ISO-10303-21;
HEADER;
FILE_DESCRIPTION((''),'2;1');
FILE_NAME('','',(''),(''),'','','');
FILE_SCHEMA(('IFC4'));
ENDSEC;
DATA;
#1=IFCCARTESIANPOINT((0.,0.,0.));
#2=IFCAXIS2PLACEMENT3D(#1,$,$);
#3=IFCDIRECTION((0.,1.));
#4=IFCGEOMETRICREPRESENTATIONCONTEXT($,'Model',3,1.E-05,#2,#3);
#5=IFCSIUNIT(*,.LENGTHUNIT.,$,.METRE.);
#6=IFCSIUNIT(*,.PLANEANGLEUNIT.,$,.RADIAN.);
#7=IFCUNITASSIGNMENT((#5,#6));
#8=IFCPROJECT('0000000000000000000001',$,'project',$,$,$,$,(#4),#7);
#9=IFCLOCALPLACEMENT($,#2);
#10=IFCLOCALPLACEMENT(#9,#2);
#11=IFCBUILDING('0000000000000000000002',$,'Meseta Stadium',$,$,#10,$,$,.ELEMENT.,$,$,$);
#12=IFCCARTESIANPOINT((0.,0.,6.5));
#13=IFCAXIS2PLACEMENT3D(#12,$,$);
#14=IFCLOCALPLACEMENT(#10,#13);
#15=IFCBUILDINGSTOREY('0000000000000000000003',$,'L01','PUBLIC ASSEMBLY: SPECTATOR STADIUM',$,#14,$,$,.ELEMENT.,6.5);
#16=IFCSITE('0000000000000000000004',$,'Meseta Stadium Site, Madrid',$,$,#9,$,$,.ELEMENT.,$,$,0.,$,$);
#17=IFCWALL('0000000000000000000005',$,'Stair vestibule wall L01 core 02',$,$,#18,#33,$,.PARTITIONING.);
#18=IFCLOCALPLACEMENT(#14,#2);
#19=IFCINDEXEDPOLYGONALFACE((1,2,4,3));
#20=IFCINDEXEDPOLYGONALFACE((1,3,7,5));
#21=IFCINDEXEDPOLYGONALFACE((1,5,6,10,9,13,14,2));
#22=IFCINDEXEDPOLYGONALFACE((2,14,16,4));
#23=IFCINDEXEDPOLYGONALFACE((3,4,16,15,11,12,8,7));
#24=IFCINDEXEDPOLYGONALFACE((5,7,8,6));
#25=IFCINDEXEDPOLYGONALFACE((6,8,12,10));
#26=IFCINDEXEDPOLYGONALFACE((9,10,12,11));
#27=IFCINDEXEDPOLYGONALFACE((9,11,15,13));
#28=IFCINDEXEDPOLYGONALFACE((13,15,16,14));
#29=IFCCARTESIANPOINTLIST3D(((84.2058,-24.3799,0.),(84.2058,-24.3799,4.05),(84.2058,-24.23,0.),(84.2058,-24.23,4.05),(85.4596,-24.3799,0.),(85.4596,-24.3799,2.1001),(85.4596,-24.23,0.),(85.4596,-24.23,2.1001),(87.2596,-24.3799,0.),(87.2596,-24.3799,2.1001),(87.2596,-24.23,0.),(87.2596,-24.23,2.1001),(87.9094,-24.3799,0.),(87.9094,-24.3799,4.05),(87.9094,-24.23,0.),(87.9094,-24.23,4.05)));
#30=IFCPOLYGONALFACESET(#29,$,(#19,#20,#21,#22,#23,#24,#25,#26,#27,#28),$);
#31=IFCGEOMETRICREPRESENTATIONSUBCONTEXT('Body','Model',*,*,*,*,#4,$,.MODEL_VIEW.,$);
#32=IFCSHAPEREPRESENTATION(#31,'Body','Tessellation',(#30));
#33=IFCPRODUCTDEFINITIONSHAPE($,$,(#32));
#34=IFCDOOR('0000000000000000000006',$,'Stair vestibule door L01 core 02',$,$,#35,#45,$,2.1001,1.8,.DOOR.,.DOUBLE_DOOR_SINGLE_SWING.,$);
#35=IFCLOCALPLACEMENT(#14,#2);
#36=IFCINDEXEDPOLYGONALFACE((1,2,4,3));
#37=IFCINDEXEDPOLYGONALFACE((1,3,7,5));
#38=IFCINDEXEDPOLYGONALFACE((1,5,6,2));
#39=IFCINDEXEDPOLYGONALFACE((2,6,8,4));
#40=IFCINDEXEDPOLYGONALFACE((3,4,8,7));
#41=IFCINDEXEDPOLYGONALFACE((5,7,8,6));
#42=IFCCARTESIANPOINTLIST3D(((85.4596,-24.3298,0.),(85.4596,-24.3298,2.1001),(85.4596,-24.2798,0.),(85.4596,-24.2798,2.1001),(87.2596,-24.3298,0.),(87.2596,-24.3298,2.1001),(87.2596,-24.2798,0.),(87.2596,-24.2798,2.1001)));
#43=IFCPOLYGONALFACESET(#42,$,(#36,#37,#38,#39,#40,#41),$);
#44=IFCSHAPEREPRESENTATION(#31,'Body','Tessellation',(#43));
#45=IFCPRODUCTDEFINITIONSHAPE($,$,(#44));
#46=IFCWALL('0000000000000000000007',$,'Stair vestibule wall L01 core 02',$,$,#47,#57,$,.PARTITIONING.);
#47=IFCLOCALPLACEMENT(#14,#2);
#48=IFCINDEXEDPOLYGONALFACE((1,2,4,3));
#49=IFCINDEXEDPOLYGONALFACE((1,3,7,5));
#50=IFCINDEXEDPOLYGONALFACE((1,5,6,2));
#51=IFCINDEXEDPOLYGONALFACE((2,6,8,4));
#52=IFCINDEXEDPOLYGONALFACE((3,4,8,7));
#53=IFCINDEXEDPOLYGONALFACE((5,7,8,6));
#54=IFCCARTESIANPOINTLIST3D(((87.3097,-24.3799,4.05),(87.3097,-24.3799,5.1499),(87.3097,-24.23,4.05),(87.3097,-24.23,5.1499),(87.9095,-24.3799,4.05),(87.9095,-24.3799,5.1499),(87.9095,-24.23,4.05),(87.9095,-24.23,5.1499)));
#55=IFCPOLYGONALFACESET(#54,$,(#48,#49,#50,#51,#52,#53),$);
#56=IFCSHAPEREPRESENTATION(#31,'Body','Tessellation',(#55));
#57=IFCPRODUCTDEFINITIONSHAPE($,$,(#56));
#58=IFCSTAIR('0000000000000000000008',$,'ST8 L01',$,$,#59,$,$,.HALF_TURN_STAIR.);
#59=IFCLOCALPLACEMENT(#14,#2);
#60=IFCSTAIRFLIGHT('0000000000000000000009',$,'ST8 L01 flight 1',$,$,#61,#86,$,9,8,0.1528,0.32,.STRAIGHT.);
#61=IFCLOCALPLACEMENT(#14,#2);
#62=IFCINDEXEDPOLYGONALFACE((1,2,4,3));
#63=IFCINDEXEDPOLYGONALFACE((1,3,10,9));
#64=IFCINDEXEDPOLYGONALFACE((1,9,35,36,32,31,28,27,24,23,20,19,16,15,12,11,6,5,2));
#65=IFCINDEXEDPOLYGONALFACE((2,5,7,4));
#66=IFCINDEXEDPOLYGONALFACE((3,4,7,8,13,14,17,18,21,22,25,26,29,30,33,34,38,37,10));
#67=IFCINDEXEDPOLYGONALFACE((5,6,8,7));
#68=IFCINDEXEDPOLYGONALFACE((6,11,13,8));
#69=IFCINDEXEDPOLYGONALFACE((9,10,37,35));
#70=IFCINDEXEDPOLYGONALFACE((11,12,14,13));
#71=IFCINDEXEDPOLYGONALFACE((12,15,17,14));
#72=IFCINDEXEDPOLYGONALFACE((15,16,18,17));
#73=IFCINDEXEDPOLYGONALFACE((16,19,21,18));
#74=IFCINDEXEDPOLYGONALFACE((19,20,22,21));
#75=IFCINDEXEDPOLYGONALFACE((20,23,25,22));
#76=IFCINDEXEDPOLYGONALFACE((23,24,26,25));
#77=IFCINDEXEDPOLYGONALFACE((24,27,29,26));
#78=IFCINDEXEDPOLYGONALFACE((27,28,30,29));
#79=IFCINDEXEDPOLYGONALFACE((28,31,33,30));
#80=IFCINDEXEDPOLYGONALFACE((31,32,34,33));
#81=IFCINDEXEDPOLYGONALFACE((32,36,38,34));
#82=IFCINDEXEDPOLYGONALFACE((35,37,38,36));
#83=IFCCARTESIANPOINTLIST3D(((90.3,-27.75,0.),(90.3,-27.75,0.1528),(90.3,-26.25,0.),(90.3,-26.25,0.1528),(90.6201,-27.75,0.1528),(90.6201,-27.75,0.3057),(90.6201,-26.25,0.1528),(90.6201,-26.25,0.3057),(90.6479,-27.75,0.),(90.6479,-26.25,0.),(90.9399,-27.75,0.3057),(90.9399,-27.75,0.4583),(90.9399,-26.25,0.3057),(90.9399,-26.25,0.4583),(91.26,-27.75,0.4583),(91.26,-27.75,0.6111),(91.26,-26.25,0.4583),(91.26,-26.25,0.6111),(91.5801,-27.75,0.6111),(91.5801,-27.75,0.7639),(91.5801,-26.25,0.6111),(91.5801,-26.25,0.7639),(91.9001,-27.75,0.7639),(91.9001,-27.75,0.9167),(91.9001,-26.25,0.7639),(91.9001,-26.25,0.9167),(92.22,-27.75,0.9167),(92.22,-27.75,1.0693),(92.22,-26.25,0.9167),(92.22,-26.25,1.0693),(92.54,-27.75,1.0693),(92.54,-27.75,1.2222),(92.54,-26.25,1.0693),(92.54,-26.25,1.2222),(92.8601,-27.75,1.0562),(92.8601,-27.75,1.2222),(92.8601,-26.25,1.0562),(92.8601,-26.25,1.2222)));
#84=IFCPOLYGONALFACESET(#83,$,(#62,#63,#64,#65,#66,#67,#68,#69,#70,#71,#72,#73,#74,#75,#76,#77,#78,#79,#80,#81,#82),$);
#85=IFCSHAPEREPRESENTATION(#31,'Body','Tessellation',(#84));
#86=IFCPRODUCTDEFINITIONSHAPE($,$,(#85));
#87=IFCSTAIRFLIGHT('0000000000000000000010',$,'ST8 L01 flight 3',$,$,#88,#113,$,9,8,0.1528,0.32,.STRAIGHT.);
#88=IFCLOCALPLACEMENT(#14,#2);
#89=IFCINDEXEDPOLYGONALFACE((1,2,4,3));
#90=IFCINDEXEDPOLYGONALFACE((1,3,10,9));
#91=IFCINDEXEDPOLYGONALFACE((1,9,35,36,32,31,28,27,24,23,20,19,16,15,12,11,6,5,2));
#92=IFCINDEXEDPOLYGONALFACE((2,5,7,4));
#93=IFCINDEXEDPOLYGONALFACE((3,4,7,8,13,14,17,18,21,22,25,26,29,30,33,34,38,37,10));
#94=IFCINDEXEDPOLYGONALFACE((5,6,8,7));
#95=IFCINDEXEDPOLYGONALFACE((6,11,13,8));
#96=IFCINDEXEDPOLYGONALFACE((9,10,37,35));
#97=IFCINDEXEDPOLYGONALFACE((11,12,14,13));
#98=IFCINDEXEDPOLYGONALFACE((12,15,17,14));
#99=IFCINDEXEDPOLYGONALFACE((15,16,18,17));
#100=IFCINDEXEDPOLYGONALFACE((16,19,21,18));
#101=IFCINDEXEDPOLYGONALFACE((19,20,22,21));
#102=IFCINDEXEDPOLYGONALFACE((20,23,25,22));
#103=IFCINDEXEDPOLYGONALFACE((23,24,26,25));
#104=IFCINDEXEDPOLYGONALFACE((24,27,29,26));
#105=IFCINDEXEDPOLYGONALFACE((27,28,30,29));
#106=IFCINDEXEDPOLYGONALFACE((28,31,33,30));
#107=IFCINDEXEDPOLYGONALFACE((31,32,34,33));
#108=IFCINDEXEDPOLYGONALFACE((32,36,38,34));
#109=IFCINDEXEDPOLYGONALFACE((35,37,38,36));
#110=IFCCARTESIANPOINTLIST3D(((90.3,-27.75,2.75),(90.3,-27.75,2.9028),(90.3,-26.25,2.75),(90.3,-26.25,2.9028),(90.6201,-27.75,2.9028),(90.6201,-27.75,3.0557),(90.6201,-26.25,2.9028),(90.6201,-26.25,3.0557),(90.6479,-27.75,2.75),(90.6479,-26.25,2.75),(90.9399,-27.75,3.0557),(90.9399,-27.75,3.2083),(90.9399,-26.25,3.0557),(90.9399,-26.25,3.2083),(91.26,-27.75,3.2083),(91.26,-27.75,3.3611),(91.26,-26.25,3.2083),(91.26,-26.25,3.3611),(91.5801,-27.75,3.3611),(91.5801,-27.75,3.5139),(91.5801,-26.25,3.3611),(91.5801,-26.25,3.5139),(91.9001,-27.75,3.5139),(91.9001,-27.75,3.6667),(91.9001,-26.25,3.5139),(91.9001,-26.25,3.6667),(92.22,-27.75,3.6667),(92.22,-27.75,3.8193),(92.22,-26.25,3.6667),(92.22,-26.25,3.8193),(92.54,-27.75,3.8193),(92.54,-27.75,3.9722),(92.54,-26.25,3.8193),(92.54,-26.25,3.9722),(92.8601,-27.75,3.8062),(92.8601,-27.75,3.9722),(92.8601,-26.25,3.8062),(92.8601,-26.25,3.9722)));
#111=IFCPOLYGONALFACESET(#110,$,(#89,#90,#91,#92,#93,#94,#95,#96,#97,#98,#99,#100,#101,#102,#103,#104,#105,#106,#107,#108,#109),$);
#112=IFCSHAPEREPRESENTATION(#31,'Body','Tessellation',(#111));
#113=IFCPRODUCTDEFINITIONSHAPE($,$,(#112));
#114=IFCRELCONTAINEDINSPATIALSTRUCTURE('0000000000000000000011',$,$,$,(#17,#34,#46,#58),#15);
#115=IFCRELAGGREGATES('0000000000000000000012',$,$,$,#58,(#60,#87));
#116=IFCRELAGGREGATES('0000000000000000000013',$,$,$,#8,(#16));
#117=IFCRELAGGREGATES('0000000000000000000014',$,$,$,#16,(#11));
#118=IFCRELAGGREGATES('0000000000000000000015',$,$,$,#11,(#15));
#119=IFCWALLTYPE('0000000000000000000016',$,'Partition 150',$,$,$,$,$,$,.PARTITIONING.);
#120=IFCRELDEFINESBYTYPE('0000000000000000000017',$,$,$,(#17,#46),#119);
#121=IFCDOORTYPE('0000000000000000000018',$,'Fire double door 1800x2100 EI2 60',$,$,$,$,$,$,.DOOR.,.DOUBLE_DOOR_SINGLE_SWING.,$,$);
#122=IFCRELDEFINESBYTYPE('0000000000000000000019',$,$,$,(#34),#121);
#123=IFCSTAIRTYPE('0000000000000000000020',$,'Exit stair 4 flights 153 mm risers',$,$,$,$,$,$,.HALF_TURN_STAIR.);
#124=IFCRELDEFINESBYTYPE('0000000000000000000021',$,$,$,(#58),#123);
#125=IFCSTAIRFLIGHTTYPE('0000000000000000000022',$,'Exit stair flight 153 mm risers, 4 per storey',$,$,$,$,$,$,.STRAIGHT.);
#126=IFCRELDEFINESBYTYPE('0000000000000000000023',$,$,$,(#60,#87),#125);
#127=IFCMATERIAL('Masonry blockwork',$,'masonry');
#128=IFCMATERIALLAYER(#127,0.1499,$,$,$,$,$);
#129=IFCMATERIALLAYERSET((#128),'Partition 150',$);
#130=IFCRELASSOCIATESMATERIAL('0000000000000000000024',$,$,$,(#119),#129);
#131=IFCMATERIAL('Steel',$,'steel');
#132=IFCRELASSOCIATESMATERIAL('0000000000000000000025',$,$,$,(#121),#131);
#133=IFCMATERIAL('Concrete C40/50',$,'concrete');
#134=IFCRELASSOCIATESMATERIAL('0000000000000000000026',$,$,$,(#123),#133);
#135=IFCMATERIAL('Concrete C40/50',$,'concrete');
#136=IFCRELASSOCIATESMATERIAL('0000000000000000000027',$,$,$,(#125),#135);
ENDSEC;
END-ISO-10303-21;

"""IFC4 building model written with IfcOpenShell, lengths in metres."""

from ifc_helpers import new_model, si_unit, direction, frame, frame_2d, origin, place, context, subcontext, project, spatial, polyline, rectangle, outline, extrude, material, layer, layer_set, type_object, element, fill, aggregate, save


model = new_model("IFC4")

# Units and contexts
model_context = context("Model", 3, precision=1e-05, world=origin(), true_north=direction((0.0, 1.0)))
body_context = subcontext(model_context, "Body", "Model", "MODEL_VIEW")
ifc_project = project(units=[si_unit("LENGTHUNIT", "METRE"), si_unit("PLANEANGLEUNIT", "RADIAN")], contexts=[model_context])

# Site, building, storey
site_placement = place(None, origin())
site = spatial("IfcSite", under=ifc_project, at=site_placement, Name="Meseta Stadium Site, Madrid", CompositionType="ELEMENT", RefElevation=0.0)
building_placement = place(site_placement, origin())
building = spatial("IfcBuilding", under=site, at=building_placement, Name="Meseta Stadium", CompositionType="ELEMENT")
storey_placement = place(building_placement, frame((0.0, 0.0, 6.5)))
storey = spatial("IfcBuildingStorey", under=building, at=storey_placement, Name="L01", Description="PUBLIC ASSEMBLY: SPECTATOR STADIUM", CompositionType="ELEMENT", Elevation=6.5)

# Shared definitions
ifc_material_1 = material(Name="Masonry blockwork", Category="masonry")
ifc_layer_1 = layer(ifc_material_1, 0.1499)
ifc_layer_set_1 = layer_set([ifc_layer_1], Name="Partition 150")
wall_type_1 = type_object("IfcWallType", Name="Partition 150", PredefinedType="PARTITIONING", material=ifc_layer_set_1)

# Wall, opening, door
wall_1_placement = place(storey_placement, frame((87.9094, -24.3049, 0.0), z_axis=(0.0, 0.0, 1.0), x_axis=(-1.0, 0.0, 0.0)))
wall_1 = element("IfcWall", 1, at=wall_1_placement, inside=storey, type_object=wall_type_1, Name="Stair vestibule wall L01 core 02", PredefinedType="PARTITIONING", context=body_context, shape_type="SweptSolid", body=[
    extrude(rectangle(XDim=3.7036, YDim=0.1499, at=frame_2d((1.8518, 0.0))), origin(), (0.0, 0.0, 1.0), 4.05),
])
opening_1_placement = place(wall_1_placement, frame((0.6499, 0.0, 0.0)))
opening_1 = element("IfcOpeningElement", 2, at=opening_1_placement, cuts=wall_1, PredefinedType="OPENING", context=body_context, shape_type="SweptSolid", body=[
    extrude(rectangle(XDim=1.8, YDim=2.1001, at=frame_2d((0.8999, 1.05))), frame((0.0, 0.085, 0.0), z_axis=(0.0, -1.0, 0.0), x_axis=(1.0, 0.0, 0.0)), (0.0, 0.0, 1.0), 0.1699),
])
ifc_material_2 = material(Name="Steel", Category="steel")
door_type_1 = type_object("IfcDoorType", Name="Fire double door 1800x2100 EI2 60", OperationType="DOUBLE_DOOR_SINGLE_SWING", PredefinedType="DOOR", material=ifc_material_2)
door_1_placement = place(opening_1_placement, origin())
door_1 = element("IfcDoor", 3, at=door_1_placement, inside=storey, type_object=door_type_1, Name="Stair vestibule door L01 core 02", OperationType="DOUBLE_DOOR_SINGLE_SWING", OverallHeight=2.1001, OverallWidth=1.8, PredefinedType="DOOR", context=body_context, shape_type="SweptSolid", body=[
    extrude(rectangle(XDim=1.8, YDim=2.1001, at=frame_2d((0.8999, 1.05))), frame((0.0, 0.0249, 0.0), z_axis=(0.0, -1.0, 0.0), x_axis=(1.0, 0.0, 0.0)), (0.0, 0.0, 1.0), 0.05),
])
fill(opening_1, door_1)

# Wall
wall_2_placement = place(storey_placement, frame((87.9094, -24.3049, 4.05), z_axis=(0.0, 0.0, 1.0), x_axis=(-1.0, 0.0, 0.0)))
element("IfcWall", 4, at=wall_2_placement, inside=storey, type_object=wall_type_1, Name="Stair vestibule wall L01 core 02", PredefinedType="PARTITIONING", context=body_context, shape_type="SweptSolid", body=[
    extrude(rectangle(XDim=0.5999, YDim=0.1499, at=frame_2d((0.2998, 0.0))), origin(), (0.0, 0.0, 1.0), 1.0999),
])

# Stair, stair flights
ifc_material_3 = material(Name="Concrete C40/50", Category="concrete")
stair_type = type_object("IfcStairType", Name="Exit stair 4 flights 153 mm risers", PredefinedType="HALF_TURN_STAIR", material=ifc_material_3)
stair_placement = place(storey_placement, origin())
stair = element("IfcStair", 5, at=stair_placement, inside=storey, type_object=stair_type, Name="ST8 L01", PredefinedType="HALF_TURN_STAIR")
ifc_material_4 = material(Name="Concrete C40/50", Category="concrete")
stair_flight_type = type_object("IfcStairFlightType", Name="Exit stair flight 153 mm risers, 4 per storey", PredefinedType="STRAIGHT", material=ifc_material_4)
stair_flight_1_placement = place(storey_placement, frame((90.3, -27.0, 0.0), z_axis=(0.0, 0.0, 1.0), x_axis=(1.0, 0.0, 0.0)))
stair_flight_1 = element("IfcStairFlight", 6, at=stair_flight_1_placement, type_object=stair_flight_type, Name="ST8 L01 flight 1", NumberOfRisers=9, NumberOfTreads=8, PredefinedType="STRAIGHT", RiserHeight=0.1528, TreadLength=0.32, context=body_context, shape_type="SweptSolid", body=[
    extrude(outline(polyline([(0.0, 0.0), (0.0, 0.1528), (0.3201, 0.1528), (0.3201, 0.3057), (0.6399, 0.3057), (0.6399, 0.4583), (0.96, 0.4583), (0.96, 0.6111), (1.28, 0.6111), (1.28, 0.7639), (1.6001, 0.7639), (1.6001, 0.9167), (1.9199, 0.9167), (1.9199, 1.0693), (2.24, 1.0693), (2.24, 1.2222), (2.5601, 1.2222), (2.5601, 1.0562), (0.3479, 0.0), (0.0, 0.0)])), frame((0.0, 0.75, 0.0), z_axis=(0.0, -1.0, 0.0), x_axis=(1.0, 0.0, 0.0)), (0.0, 0.0, 1.0), 1.5),
])
stair_flight_2_placement = place(storey_placement, frame((90.3, -27.0, 2.75), z_axis=(0.0, 0.0, 1.0), x_axis=(1.0, 0.0, 0.0)))
stair_flight_2 = element("IfcStairFlight", 7, at=stair_flight_2_placement, type_object=stair_flight_type, Name="ST8 L01 flight 3", NumberOfRisers=9, NumberOfTreads=8, PredefinedType="STRAIGHT", RiserHeight=0.1528, TreadLength=0.32, context=body_context, shape_type="SweptSolid", body=[
    extrude(outline(polyline([(0.0, 0.0), (0.0, 0.1528), (0.3201, 0.1528), (0.3201, 0.3057), (0.6399, 0.3057), (0.6399, 0.4583), (0.96, 0.4583), (0.96, 0.6111), (1.28, 0.6111), (1.28, 0.7639), (1.6001, 0.7639), (1.6001, 0.9167), (1.9199, 0.9167), (1.9199, 1.0693), (2.24, 1.0693), (2.24, 1.2222), (2.5601, 1.2222), (2.5601, 1.0562), (0.3479, 0.0), (0.0, 0.0)])), frame((0.0, 0.75, 0.0), z_axis=(0.0, -1.0, 0.0), x_axis=(1.0, 0.0, 0.0)), (0.0, 0.0, 1.0), 1.5),
])
aggregate(stair, [stair_flight_1, stair_flight_2])

save(model, "model.ifc")
